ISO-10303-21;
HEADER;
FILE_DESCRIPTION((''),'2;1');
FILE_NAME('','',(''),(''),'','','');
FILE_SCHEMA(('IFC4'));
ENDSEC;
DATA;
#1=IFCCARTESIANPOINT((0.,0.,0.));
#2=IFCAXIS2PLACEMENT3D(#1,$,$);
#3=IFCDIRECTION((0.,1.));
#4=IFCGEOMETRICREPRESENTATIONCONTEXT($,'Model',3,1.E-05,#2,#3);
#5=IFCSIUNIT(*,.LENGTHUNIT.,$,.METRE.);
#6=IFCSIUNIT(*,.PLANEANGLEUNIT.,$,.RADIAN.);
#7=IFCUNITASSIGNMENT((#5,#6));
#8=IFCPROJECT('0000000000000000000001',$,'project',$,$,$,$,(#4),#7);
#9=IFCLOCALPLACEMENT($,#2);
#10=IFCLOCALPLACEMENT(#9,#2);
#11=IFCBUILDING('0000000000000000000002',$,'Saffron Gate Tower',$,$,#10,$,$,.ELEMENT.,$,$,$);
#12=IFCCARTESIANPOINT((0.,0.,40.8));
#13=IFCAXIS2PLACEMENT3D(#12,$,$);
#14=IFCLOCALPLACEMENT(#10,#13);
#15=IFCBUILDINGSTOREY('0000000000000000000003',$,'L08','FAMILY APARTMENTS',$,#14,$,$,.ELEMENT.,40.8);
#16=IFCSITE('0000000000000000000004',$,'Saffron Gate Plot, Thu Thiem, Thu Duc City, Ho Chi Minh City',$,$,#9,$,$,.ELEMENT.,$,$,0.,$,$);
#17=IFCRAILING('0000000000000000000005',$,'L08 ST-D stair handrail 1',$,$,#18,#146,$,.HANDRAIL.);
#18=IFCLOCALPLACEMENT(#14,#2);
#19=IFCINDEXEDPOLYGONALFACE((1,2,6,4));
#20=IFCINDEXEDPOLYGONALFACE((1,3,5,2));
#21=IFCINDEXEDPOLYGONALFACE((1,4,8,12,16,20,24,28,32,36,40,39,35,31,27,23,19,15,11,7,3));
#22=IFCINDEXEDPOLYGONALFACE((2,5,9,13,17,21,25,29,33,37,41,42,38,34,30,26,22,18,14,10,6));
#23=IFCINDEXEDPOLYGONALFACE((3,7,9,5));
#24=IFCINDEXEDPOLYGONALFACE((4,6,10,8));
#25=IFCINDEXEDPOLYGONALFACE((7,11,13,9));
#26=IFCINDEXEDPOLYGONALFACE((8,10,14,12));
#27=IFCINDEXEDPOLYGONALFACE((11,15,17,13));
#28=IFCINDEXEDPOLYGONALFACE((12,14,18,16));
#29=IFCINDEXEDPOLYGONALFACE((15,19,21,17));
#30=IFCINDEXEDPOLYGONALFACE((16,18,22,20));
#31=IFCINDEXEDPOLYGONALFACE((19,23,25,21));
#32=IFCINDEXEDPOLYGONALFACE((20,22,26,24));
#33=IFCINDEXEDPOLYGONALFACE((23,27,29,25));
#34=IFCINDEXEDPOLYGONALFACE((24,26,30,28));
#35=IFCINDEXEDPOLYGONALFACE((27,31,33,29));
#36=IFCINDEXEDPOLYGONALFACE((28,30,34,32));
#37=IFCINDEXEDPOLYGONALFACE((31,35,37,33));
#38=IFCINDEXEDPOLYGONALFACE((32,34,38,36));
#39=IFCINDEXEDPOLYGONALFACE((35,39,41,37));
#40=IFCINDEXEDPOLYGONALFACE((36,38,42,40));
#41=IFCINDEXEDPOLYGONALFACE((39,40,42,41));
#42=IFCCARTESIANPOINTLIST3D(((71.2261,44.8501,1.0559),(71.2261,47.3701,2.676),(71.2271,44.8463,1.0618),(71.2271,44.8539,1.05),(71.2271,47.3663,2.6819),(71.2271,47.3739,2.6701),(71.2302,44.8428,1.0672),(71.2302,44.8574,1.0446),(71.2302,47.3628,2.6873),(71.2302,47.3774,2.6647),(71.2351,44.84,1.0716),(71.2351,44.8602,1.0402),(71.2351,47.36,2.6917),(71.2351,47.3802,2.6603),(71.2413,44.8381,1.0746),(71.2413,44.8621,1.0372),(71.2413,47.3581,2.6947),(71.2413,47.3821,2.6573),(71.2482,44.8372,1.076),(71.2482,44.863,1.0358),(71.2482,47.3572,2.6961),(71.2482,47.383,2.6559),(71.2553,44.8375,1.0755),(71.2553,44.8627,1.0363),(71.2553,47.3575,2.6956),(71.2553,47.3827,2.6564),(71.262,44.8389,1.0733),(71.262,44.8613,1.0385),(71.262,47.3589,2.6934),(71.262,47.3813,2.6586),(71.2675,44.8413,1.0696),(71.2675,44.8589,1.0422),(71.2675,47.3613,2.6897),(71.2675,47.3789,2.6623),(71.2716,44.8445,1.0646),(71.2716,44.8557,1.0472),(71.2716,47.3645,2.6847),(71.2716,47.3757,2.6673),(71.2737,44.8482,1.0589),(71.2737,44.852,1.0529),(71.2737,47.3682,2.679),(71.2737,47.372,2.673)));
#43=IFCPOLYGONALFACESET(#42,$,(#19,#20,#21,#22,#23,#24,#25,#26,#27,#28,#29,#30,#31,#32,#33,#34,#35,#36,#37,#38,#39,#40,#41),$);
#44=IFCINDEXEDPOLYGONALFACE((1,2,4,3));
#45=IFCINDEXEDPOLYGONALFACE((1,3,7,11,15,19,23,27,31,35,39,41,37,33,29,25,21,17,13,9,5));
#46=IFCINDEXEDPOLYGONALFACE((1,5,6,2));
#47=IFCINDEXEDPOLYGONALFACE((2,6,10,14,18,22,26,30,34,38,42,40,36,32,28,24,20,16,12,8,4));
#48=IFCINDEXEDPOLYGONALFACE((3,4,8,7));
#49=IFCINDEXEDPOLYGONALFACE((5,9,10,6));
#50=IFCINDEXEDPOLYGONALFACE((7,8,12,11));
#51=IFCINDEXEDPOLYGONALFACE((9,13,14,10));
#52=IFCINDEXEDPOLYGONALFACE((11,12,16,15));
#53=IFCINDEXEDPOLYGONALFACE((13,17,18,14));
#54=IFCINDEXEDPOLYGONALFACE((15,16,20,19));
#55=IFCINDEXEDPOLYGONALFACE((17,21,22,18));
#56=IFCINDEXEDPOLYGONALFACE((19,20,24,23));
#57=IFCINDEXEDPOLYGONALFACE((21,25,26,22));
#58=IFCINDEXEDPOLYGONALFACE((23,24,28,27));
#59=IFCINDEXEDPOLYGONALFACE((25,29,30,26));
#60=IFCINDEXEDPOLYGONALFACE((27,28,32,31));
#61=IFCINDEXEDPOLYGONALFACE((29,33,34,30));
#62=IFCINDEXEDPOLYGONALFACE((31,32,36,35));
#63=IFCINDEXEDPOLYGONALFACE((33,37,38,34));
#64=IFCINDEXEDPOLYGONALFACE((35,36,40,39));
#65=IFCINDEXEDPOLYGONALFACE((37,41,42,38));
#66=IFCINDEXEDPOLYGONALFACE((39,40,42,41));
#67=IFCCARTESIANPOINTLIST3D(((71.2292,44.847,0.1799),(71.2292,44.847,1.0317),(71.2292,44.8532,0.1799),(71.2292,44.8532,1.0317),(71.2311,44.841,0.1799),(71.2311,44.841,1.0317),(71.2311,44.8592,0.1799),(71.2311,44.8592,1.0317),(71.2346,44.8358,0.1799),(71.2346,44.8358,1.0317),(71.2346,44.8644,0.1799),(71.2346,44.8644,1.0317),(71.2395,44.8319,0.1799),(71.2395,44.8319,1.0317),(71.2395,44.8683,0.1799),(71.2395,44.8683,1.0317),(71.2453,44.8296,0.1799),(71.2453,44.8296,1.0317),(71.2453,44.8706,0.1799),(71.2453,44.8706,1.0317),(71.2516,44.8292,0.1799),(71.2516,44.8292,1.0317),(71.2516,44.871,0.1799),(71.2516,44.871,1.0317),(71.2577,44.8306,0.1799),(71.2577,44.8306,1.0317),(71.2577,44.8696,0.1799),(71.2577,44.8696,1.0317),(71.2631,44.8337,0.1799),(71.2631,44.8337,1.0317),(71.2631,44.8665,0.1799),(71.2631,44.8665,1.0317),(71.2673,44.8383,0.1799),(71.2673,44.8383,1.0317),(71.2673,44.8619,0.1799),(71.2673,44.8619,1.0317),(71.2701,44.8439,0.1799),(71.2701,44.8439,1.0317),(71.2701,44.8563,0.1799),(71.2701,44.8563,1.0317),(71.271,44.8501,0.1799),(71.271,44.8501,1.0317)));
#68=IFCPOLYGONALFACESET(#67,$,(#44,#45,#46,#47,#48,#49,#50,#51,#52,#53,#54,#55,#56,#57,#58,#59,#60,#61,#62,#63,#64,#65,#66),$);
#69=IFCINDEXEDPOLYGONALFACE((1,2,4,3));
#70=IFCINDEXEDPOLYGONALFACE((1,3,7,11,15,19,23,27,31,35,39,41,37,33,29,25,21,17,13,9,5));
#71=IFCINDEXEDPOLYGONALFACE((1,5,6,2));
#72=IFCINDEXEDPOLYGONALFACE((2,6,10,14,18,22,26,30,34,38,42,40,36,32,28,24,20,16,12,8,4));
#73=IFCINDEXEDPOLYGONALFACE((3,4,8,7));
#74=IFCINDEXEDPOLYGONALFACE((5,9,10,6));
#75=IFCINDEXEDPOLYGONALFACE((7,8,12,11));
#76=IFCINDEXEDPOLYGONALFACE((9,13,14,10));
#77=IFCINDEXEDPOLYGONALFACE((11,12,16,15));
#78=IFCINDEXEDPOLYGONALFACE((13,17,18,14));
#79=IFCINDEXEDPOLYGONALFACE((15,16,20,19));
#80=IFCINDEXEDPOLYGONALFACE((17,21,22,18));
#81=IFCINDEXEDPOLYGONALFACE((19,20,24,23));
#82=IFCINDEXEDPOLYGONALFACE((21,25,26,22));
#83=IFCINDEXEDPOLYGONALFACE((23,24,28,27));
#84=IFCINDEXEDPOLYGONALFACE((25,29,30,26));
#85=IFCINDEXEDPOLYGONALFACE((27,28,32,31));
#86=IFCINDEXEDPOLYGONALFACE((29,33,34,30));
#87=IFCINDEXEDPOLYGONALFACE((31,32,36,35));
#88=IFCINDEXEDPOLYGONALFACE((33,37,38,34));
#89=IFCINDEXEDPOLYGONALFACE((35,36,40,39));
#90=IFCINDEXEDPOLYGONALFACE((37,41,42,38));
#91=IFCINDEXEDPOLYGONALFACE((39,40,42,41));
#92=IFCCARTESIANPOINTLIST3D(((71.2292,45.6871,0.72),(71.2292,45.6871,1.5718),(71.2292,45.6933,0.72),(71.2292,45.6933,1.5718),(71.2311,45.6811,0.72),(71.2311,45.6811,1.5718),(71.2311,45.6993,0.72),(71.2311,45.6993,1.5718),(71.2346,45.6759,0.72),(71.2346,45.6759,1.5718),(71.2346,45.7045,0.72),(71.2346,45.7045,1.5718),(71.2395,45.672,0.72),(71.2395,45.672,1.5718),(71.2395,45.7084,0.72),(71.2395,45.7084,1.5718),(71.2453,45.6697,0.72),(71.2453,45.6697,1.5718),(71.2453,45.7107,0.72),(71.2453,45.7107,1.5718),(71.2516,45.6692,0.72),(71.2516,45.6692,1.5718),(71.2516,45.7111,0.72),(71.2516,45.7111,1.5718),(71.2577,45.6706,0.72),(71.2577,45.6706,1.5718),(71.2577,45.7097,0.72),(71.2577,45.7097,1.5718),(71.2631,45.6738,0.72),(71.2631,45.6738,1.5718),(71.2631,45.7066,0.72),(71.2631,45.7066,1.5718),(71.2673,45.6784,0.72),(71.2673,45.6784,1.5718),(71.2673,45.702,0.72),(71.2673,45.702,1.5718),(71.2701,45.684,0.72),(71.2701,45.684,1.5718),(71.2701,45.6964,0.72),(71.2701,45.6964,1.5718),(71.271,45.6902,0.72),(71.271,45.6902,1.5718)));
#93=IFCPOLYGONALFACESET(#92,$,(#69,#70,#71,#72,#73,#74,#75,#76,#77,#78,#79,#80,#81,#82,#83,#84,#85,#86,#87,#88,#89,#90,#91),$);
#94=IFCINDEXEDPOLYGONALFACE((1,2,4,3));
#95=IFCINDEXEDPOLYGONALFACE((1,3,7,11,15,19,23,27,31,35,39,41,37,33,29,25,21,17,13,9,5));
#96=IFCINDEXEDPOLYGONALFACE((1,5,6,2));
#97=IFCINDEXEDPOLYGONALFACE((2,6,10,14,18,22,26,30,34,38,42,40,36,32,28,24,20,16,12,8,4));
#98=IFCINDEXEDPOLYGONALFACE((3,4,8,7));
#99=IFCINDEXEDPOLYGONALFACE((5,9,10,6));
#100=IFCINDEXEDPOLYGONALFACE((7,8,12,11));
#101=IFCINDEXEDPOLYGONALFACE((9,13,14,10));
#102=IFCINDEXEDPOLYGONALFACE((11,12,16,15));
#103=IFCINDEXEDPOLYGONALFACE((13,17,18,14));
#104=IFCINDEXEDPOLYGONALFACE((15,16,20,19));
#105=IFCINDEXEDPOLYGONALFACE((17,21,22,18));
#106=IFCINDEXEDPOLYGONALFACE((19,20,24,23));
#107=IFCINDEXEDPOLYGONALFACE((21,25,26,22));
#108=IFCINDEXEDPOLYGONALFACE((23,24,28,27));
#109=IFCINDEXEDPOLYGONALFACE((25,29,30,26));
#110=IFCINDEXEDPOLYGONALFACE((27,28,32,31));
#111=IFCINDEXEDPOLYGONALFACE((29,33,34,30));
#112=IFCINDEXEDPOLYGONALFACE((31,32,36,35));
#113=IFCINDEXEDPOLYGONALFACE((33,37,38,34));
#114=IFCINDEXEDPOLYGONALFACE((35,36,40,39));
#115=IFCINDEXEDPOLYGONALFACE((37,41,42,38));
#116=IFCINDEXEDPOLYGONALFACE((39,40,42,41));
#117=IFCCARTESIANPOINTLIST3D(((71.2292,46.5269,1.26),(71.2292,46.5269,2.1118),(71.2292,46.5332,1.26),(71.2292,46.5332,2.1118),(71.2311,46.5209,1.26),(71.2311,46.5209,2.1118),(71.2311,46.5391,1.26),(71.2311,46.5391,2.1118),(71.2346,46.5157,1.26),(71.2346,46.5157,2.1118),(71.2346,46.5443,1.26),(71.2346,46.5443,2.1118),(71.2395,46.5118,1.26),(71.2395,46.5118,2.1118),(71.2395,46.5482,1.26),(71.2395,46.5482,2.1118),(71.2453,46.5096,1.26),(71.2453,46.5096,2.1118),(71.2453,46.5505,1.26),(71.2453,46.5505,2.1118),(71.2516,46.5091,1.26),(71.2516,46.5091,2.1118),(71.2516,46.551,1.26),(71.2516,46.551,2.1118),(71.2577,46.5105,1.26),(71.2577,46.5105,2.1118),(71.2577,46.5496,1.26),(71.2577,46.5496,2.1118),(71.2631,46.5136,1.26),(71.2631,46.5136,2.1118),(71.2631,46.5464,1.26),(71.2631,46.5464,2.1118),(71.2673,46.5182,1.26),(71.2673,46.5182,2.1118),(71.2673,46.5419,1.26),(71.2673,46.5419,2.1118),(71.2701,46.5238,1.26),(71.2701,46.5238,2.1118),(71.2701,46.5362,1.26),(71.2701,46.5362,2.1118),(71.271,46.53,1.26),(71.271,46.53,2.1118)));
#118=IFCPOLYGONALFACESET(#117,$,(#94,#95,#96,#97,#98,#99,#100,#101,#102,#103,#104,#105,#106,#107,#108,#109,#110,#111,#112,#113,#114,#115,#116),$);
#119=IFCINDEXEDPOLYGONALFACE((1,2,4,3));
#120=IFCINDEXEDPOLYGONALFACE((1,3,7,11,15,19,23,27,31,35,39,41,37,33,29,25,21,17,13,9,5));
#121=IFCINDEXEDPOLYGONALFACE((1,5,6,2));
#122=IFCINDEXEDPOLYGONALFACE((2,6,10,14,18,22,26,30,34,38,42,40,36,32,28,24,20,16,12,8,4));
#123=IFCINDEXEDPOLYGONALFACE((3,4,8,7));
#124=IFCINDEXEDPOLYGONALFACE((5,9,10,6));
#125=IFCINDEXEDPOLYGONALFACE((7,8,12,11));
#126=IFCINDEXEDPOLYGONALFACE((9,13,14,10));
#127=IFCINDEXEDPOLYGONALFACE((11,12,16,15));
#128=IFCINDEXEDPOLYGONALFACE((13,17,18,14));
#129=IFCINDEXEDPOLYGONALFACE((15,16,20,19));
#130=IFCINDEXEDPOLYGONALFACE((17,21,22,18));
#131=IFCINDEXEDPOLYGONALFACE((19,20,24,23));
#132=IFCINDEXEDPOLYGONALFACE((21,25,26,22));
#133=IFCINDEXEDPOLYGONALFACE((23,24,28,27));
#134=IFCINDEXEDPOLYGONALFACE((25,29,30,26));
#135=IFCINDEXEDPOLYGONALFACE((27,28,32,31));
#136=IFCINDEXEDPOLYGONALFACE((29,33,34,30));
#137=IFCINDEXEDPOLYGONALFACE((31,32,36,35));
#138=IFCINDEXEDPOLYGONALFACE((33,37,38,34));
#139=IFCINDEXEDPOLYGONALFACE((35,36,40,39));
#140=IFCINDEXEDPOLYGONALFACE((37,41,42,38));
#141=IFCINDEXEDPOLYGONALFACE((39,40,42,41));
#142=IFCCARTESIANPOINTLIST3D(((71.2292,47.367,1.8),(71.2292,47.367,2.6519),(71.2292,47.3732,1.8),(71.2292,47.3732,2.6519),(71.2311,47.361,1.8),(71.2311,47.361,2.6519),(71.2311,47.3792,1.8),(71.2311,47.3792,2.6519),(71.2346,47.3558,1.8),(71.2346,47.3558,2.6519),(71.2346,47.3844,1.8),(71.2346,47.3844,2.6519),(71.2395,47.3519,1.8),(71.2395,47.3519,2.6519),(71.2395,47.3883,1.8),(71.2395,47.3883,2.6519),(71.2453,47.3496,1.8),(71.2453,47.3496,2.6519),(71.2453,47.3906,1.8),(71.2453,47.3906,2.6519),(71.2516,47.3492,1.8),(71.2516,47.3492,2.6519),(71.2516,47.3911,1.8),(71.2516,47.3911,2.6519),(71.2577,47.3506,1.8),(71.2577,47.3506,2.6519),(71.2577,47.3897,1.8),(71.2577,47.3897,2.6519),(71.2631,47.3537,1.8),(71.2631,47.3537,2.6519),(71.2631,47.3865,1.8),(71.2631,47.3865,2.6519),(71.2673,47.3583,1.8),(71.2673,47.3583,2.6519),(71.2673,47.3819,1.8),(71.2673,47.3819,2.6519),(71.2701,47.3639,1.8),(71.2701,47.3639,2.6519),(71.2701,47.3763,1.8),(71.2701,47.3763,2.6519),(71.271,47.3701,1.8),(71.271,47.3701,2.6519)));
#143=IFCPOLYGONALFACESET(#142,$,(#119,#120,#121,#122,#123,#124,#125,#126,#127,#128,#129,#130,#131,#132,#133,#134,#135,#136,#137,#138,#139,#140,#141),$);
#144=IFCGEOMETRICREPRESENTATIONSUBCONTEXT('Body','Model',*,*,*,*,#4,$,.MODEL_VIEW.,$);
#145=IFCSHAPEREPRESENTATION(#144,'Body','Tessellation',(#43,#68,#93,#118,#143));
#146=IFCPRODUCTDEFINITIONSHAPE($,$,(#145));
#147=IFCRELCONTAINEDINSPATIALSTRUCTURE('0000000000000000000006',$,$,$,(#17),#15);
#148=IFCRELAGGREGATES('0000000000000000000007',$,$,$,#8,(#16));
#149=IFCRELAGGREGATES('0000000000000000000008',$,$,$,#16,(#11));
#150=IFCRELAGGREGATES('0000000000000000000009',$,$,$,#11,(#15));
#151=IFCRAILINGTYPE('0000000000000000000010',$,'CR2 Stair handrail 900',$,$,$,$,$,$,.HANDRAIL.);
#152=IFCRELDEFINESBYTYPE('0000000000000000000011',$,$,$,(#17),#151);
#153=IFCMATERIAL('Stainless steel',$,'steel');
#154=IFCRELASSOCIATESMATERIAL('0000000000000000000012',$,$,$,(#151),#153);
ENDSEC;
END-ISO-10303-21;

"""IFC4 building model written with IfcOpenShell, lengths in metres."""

from ifc_helpers import new_model, si_unit, direction, frame, origin, origin_2d, place, context, subcontext, project, spatial, circle, extrude, material, type_object, element, save


model = new_model("IFC4")

# Units and contexts
model_context = context("Model", 3, precision=1e-05, world=origin(), true_north=direction((0.0, 1.0)))
body_context = subcontext(model_context, "Body", "Model", "MODEL_VIEW")
ifc_project = project(units=[si_unit("LENGTHUNIT", "METRE"), si_unit("PLANEANGLEUNIT", "RADIAN")], contexts=[model_context])

# Site, building, storey
site_placement = place(None, origin())
site = spatial("IfcSite", under=ifc_project, at=site_placement, Name="Saffron Gate Plot, Thu Thiem, Thu Duc City, Ho Chi Minh City", CompositionType="ELEMENT", RefElevation=0.0)
building_placement = place(site_placement, origin())
building = spatial("IfcBuilding", under=site, at=building_placement, Name="Saffron Gate Tower", CompositionType="ELEMENT")
storey_placement = place(building_placement, frame((0.0, 0.0, 40.8)))
storey = spatial("IfcBuildingStorey", under=building, at=storey_placement, Name="L08", Description="FAMILY APARTMENTS", CompositionType="ELEMENT", Elevation=40.8)

# Railing
ifc_material_1 = material(Name="Stainless steel", Category="steel")
railing_type_1 = type_object("IfcRailingType", Name="CR2 Stair handrail 900", PredefinedType="HANDRAIL", material=ifc_material_1)
railing_1_placement = place(storey_placement, frame((71.25, 44.8501, 0.1799)))
element("IfcRailing", 1, at=railing_1_placement, inside=storey, type_object=railing_type_1, Name="L08 ST-D stair handrail 1", PredefinedType="HANDRAIL", context=body_context, shape_type="SweptSolid", body=[
    extrude(circle(Radius=0.0239, at=origin_2d()), frame((0.0, 0.0, 0.876), z_axis=(0.0, 0.841163, 0.540782), x_axis=(-1.0, 0.0, 0.0)), (0.0, 0.0, 1.0), 2.9958),
    extrude(circle(Radius=0.021, at=origin_2d()), origin(), (0.0, 0.0, 1.0), 0.8518),
    extrude(circle(Radius=0.021, at=origin_2d()), frame((0.0, 0.8401, 0.54)), (0.0, 0.0, 1.0), 0.8518),
    extrude(circle(Radius=0.021, at=origin_2d()), frame((0.0, 1.6799, 1.0801)), (0.0, 0.0, 1.0), 0.8518),
    extrude(circle(Radius=0.021, at=origin_2d()), frame((0.0, 2.52, 1.6201)), (0.0, 0.0, 1.0), 0.8518),
])

save(model, "model.ifc")
